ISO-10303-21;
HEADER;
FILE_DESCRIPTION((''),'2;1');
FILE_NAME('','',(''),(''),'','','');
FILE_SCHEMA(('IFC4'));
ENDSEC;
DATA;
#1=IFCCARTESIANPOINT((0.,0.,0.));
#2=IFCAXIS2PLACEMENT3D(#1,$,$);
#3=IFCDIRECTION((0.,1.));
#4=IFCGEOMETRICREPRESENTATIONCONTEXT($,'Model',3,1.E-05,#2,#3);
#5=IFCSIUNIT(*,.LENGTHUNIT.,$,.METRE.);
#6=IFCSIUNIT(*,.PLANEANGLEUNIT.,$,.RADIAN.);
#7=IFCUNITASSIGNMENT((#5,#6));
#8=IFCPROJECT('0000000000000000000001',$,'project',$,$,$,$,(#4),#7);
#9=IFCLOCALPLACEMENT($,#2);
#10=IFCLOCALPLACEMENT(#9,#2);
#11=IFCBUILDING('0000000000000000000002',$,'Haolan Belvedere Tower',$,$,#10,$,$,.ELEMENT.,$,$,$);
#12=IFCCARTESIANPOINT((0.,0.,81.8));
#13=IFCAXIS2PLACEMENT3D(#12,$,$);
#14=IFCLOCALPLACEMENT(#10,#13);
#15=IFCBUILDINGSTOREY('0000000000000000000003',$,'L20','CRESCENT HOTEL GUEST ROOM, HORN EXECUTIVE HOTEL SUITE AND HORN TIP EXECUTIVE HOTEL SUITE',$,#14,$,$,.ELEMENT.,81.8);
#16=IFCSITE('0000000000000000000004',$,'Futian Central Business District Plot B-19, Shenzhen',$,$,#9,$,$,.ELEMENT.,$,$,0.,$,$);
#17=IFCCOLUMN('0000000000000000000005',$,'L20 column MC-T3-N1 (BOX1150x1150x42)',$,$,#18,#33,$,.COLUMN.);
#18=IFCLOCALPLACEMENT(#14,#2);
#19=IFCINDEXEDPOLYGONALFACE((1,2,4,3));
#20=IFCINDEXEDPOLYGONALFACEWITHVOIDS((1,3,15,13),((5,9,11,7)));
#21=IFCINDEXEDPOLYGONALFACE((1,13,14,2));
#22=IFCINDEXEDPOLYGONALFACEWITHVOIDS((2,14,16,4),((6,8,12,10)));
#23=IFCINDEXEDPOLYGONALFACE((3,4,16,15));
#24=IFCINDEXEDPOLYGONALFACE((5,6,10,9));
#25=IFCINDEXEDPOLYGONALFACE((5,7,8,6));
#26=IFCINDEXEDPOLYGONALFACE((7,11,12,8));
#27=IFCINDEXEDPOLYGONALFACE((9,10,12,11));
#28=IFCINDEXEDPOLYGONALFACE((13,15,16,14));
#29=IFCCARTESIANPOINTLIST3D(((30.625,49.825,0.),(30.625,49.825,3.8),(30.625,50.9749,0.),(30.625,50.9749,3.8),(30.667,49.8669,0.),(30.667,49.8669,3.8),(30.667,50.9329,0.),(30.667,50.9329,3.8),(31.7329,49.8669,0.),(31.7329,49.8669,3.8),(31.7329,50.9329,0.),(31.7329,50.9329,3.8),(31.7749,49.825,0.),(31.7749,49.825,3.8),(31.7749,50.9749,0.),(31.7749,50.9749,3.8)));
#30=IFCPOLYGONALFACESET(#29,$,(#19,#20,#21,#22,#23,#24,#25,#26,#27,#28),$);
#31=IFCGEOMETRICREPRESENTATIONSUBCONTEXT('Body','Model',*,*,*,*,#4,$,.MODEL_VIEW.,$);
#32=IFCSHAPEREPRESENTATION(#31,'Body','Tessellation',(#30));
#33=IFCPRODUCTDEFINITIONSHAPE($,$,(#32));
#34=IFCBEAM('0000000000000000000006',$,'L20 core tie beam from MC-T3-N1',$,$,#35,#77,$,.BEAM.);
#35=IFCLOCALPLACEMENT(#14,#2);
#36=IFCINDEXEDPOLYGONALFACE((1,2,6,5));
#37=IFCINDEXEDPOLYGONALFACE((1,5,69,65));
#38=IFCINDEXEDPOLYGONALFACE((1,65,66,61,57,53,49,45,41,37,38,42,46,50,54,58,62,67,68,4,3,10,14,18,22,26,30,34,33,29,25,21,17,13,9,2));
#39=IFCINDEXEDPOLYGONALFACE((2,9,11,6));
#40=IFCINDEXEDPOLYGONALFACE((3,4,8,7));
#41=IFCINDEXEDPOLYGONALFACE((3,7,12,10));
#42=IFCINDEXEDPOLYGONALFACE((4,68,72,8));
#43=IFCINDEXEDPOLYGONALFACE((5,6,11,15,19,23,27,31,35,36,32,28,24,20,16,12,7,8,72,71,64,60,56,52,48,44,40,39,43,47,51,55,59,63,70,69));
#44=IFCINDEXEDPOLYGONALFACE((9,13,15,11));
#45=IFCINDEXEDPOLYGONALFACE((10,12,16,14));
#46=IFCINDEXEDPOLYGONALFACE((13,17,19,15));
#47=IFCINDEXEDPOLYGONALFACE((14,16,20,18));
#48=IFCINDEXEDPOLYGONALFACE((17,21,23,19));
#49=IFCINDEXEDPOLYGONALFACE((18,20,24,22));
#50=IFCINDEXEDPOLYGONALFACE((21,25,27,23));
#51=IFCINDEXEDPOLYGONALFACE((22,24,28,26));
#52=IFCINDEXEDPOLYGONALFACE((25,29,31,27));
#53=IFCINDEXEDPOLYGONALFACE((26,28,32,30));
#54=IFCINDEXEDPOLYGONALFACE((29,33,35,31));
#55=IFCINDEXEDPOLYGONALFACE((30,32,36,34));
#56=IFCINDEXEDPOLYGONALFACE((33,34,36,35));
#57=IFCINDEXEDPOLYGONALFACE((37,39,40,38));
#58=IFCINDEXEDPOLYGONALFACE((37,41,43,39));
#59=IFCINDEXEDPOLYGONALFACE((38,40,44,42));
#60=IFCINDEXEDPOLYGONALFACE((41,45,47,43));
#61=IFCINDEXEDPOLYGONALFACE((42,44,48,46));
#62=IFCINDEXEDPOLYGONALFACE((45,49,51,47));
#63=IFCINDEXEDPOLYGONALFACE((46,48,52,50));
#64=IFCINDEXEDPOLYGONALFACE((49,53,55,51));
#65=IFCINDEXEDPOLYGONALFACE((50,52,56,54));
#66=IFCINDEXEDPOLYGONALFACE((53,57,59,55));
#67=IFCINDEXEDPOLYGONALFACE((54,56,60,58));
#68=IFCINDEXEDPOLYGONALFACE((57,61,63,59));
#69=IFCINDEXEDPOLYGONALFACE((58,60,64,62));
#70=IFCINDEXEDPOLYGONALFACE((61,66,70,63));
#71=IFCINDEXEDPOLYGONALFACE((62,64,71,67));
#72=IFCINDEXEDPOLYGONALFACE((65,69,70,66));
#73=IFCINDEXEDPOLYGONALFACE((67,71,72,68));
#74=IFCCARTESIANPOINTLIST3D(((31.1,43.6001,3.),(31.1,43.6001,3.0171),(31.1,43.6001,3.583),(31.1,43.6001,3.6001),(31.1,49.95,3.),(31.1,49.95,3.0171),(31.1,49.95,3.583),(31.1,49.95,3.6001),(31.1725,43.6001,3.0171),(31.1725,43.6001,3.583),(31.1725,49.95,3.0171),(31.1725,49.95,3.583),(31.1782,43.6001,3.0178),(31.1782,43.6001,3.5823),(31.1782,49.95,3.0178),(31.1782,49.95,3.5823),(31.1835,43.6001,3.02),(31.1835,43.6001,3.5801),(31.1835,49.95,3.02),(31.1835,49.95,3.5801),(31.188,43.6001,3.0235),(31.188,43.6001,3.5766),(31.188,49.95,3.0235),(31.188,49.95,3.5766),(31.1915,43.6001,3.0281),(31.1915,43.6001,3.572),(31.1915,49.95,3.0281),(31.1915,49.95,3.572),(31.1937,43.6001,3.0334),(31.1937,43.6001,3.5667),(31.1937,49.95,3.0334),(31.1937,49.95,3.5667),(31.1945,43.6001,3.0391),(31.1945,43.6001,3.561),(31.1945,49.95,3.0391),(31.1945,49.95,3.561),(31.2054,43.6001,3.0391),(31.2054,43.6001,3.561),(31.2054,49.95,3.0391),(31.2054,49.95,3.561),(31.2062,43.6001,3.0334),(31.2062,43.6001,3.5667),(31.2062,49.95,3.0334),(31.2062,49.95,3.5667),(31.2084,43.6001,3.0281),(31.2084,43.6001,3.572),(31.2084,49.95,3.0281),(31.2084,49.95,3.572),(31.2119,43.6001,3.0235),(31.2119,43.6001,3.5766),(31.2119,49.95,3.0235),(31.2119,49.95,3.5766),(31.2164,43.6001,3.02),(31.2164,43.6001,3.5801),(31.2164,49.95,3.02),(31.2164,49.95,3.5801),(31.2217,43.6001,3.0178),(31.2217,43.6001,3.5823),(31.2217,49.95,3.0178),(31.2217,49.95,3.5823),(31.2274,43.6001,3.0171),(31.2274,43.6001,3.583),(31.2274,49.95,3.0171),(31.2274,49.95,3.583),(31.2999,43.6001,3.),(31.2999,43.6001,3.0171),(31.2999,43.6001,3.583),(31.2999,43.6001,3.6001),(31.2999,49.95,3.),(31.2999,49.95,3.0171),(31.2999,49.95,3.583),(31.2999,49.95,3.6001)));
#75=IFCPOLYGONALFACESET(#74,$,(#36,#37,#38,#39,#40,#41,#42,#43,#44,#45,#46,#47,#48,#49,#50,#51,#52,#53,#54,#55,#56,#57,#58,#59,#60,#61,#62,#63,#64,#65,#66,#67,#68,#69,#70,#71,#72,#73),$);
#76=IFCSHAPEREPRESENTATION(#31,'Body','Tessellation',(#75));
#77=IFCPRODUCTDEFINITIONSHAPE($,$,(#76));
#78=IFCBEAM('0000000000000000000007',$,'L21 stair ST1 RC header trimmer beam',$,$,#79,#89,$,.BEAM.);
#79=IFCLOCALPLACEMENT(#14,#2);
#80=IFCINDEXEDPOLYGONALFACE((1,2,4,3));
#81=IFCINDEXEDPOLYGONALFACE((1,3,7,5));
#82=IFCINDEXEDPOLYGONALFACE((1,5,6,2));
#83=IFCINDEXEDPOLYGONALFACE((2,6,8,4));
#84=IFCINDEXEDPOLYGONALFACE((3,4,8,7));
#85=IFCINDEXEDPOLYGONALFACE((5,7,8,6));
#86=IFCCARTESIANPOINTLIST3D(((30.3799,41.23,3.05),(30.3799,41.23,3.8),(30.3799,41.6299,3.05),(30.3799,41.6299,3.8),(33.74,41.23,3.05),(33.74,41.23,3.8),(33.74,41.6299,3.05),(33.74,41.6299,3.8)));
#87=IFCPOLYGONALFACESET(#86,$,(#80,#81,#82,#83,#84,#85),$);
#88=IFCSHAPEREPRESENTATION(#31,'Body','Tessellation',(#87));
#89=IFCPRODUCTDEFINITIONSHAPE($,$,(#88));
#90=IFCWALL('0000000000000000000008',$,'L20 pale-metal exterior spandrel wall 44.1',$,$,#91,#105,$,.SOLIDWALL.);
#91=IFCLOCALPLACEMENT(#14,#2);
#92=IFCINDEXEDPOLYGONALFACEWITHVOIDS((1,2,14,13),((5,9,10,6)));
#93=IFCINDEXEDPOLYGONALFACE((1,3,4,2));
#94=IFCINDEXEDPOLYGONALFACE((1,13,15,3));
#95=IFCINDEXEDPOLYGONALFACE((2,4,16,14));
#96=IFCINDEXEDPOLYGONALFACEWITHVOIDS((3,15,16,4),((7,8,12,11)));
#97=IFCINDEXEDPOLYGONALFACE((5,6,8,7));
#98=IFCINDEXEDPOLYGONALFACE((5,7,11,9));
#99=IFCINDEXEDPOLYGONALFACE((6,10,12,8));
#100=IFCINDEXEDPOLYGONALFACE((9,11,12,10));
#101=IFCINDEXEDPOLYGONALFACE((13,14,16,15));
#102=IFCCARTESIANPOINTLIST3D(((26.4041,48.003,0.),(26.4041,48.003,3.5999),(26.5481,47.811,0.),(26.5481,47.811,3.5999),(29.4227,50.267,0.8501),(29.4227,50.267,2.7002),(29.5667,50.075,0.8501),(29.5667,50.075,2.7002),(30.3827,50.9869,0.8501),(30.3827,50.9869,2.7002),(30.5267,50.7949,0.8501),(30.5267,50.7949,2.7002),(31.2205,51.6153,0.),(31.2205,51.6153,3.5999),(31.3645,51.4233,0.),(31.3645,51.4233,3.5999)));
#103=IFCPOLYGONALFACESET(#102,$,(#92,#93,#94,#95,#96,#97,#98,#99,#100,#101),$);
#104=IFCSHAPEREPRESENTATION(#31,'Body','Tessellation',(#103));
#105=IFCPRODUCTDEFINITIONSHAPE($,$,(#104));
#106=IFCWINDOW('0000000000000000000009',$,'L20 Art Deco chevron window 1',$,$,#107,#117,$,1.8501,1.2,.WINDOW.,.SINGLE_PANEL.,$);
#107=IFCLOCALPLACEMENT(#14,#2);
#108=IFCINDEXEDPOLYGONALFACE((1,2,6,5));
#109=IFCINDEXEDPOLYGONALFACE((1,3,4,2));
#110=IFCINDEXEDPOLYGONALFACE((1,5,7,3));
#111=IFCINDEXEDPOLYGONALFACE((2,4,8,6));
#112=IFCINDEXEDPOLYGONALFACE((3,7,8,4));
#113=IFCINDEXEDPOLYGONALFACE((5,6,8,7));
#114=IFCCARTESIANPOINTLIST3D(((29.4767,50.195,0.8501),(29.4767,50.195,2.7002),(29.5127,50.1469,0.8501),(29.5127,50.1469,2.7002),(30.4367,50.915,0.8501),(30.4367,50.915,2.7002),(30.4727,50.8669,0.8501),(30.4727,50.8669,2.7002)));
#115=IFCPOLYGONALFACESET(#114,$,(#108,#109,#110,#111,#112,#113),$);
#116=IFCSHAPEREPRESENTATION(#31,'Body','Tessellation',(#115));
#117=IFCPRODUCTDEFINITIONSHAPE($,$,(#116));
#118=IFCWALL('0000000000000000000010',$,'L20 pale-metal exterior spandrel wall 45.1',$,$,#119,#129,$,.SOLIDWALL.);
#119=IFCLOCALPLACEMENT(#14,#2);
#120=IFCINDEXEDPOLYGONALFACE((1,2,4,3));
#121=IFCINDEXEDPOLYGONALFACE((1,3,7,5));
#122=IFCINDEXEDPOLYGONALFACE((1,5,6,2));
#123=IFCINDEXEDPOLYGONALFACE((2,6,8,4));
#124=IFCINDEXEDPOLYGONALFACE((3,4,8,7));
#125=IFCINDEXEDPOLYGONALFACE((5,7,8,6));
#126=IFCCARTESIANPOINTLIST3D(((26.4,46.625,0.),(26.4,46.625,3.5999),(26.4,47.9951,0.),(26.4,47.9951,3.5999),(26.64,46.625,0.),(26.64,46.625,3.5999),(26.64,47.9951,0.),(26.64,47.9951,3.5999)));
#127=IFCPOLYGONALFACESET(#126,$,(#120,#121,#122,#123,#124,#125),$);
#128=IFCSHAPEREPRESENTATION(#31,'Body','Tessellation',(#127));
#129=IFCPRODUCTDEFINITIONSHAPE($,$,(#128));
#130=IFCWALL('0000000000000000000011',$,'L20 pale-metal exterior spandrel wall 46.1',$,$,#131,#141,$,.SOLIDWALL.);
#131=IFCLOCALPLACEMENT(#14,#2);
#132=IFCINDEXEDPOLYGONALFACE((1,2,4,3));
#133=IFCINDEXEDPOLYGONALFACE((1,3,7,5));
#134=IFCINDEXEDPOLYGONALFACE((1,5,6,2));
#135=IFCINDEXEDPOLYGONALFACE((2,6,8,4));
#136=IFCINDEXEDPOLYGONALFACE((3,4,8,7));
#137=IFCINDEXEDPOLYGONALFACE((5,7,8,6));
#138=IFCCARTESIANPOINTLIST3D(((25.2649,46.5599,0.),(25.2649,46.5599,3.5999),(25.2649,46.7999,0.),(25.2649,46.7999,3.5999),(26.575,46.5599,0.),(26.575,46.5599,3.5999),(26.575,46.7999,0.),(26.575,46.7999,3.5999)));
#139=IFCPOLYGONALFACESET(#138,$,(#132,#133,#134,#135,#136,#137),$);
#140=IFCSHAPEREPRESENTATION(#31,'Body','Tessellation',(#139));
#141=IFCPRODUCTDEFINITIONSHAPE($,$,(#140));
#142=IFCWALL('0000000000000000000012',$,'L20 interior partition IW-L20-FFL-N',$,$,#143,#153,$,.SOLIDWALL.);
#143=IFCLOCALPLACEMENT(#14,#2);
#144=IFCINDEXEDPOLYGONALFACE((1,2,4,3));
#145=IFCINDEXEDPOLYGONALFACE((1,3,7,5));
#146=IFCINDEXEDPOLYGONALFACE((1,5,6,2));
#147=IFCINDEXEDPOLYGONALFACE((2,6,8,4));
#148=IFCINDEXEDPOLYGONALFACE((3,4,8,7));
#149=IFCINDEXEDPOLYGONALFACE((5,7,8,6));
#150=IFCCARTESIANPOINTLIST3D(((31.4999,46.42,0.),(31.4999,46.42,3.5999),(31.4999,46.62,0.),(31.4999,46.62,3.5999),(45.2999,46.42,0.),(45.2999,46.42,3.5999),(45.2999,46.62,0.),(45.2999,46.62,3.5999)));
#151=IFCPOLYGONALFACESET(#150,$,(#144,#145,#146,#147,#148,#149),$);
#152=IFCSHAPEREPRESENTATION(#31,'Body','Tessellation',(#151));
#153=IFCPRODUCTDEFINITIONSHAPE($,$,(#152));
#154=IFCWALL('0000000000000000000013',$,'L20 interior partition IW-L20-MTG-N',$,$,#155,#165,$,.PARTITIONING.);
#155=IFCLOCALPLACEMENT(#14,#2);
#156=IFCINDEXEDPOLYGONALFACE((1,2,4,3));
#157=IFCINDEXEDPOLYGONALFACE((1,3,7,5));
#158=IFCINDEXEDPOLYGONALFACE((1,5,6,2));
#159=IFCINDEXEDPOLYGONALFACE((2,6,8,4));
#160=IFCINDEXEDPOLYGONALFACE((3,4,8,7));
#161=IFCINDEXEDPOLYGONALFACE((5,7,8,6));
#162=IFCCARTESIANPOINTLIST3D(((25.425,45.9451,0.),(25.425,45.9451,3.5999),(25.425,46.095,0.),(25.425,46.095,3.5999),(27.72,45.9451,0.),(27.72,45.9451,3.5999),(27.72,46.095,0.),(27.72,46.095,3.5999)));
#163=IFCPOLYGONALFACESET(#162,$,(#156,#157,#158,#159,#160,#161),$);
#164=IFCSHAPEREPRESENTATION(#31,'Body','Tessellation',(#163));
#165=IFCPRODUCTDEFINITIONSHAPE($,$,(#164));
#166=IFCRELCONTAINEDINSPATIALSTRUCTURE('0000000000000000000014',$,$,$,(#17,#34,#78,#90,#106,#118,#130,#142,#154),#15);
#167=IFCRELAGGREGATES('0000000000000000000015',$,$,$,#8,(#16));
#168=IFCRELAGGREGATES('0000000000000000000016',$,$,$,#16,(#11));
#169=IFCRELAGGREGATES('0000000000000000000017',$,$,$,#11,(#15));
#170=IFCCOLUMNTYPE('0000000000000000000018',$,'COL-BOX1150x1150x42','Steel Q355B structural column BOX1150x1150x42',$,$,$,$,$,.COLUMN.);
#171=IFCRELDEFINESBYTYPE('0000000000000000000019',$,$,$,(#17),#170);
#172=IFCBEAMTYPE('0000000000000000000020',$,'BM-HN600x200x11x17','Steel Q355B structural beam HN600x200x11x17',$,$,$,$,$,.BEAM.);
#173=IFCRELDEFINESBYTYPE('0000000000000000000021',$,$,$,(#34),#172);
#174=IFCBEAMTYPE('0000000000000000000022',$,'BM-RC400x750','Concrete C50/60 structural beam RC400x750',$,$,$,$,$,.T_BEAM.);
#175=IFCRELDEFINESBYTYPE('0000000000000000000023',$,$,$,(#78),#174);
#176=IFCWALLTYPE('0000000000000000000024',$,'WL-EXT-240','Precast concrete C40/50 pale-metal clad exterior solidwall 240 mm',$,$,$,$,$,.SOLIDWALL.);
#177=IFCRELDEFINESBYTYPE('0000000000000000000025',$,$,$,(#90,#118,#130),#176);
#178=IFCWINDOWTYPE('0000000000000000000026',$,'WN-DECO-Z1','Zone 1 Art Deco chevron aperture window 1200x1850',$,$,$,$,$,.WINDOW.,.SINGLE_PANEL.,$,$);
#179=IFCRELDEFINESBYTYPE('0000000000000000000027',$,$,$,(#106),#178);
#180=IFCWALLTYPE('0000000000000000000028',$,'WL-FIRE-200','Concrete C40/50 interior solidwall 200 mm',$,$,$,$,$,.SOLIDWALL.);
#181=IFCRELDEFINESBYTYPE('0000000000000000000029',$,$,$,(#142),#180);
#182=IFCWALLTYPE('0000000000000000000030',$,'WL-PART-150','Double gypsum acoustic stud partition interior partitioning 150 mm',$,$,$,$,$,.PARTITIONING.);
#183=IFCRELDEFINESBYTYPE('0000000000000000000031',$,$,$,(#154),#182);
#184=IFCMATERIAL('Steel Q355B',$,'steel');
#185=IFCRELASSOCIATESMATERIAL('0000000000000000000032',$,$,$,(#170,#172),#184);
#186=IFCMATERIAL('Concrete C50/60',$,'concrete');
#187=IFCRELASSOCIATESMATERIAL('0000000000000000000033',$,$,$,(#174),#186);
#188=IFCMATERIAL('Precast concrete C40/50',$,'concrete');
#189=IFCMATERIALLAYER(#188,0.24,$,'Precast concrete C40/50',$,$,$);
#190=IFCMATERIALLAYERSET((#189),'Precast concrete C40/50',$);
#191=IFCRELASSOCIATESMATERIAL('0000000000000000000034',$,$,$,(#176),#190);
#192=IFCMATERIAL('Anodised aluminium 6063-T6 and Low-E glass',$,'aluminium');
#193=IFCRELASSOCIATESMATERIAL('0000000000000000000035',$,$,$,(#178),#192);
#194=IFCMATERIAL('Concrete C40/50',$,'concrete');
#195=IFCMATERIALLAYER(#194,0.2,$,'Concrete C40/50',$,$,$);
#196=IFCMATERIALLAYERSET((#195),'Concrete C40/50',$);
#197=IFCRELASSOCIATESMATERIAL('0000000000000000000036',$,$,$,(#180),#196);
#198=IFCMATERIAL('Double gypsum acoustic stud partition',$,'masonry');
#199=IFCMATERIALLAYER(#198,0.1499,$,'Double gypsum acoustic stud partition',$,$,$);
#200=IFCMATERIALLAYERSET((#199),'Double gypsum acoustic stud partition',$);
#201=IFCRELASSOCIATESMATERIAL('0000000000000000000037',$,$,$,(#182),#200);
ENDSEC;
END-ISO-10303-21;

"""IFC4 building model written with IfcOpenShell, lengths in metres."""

from ifc_helpers import new_model, si_unit, direction, frame, frame_2d, origin, origin_2d, place, context, subcontext, project, spatial, rectangle, hollow_rectangle, i_section, extrude, material, layer, layer_set, material_profile, profile_set, type_object, element, fill, save


model = new_model("IFC4")

# Units and contexts
model_context = context("Model", 3, precision=1e-05, world=origin(), true_north=direction((0.0, 1.0)))
body_context = subcontext(model_context, "Body", "Model", "MODEL_VIEW")
ifc_project = project(units=[si_unit("LENGTHUNIT", "METRE"), si_unit("PLANEANGLEUNIT", "RADIAN")], contexts=[model_context])

# Site, building, storey
site_placement = place(None, origin())
site = spatial("IfcSite", under=ifc_project, at=site_placement, Name="Futian Central Business District Plot B-19, Shenzhen", CompositionType="ELEMENT", RefElevation=0.0)
building_placement = place(site_placement, origin())
building = spatial("IfcBuilding", under=site, at=building_placement, Name="Haolan Belvedere Tower", CompositionType="ELEMENT")
storey_placement = place(building_placement, frame((0.0, 0.0, 81.8)))
storey = spatial("IfcBuildingStorey", under=building, at=storey_placement, Name="L20", Description="CRESCENT HOTEL GUEST ROOM, HORN EXECUTIVE HOTEL SUITE AND HORN TIP EXECUTIVE HOTEL SUITE", CompositionType="ELEMENT", Elevation=81.8)

# Column
ifc_material_1 = material(Name="Steel Q355B", Category="steel")
ifc_material_profile_1 = material_profile(ifc_material_1, hollow_rectangle(XDim=1.1499, YDim=1.1499, WallThickness=0.042, at=origin_2d()), Name="Steel Q355B")
ifc_profile_set_1 = profile_set([ifc_material_profile_1], Name="Steel Q355B")
column_type = type_object("IfcColumnType", Name="COL-BOX1150x1150x42", Description="Steel Q355B structural column BOX1150x1150x42", PredefinedType="COLUMN", material=ifc_profile_set_1)
column_placement = place(storey_placement, frame((31.2, 50.3999, 0.0), z_axis=(0.0, 0.0, 1.0), x_axis=(1.0, 0.0, 0.0)))
element("IfcColumn", 1, at=column_placement, inside=storey, type_object=column_type, Name="L20 column MC-T3-N1 (BOX1150x1150x42)", PredefinedType="COLUMN", context=body_context, shape_type="SweptSolid", body=[
    extrude(hollow_rectangle(XDim=1.1499, YDim=1.1499, WallThickness=0.042, at=origin_2d()), origin(), (0.0, 0.0, 1.0), 3.8),
])

# Beams
ifc_material_profile_2 = material_profile(ifc_material_1, i_section(OverallWidth=0.2, OverallDepth=0.6001, WebThickness=0.011, FlangeThickness=0.0171, FilletRadius=0.022, at=origin_2d()), Name="Steel Q355B")
ifc_profile_set_2 = profile_set([ifc_material_profile_2], Name="Steel Q355B")
beam_type_1 = type_object("IfcBeamType", Name="BM-HN600x200x11x17", Description="Steel Q355B structural beam HN600x200x11x17", PredefinedType="BEAM", material=ifc_profile_set_2)
beam_1_placement = place(storey_placement, frame((31.2, 49.95, 3.3), z_axis=(0.0, -1.0, 0.0), x_axis=(1.0, 0.0, 0.0)))
element("IfcBeam", 2, at=beam_1_placement, inside=storey, type_object=beam_type_1, Name="L20 core tie beam from MC-T3-N1", PredefinedType="BEAM", context=body_context, shape_type="SweptSolid", body=[
    extrude(i_section(OverallWidth=0.2, OverallDepth=0.6001, WebThickness=0.011, FlangeThickness=0.0171, FilletRadius=0.022, at=origin_2d()), origin(), (0.0, 0.0, 1.0), 6.3499),
])
ifc_material_2 = material(Name="Concrete C50/60", Category="concrete")
ifc_material_profile_3 = material_profile(ifc_material_2, rectangle(XDim=0.3999, YDim=0.75, at=origin_2d()), Name="Concrete C50/60")
ifc_profile_set_3 = profile_set([ifc_material_profile_3], Name="Concrete C50/60")
beam_type_2 = type_object("IfcBeamType", Name="BM-RC400x750", Description="Concrete C50/60 structural beam RC400x750", PredefinedType="T_BEAM", material=ifc_profile_set_3)
beam_2_placement = place(storey_placement, frame((30.3799, 41.4299, 3.425), z_axis=(1.0, 0.0, 0.0), x_axis=(0.0, 1.0, 0.0)))
element("IfcBeam", 3, at=beam_2_placement, inside=storey, type_object=beam_type_2, Name="L21 stair ST1 RC header trimmer beam", PredefinedType="BEAM", context=body_context, shape_type="SweptSolid", body=[
    extrude(rectangle(XDim=0.3999, YDim=0.75, at=origin_2d()), origin(), (0.0, 0.0, 1.0), 3.3601),
])

# Wall, opening, window
ifc_material_3 = material(Name="Precast concrete C40/50", Category="concrete")
ifc_layer_1 = layer(ifc_material_3, 0.24, Name="Precast concrete C40/50")
ifc_layer_set_1 = layer_set([ifc_layer_1], Name="Precast concrete C40/50")
wall_type_1 = type_object("IfcWallType", Name="WL-EXT-240", Description="Precast concrete C40/50 pale-metal clad exterior solidwall 240 mm", PredefinedType="SOLIDWALL", material=ifc_layer_set_1)
wall_1_placement = place(storey_placement, frame((31.2925, 51.5193, 0.0), z_axis=(0.0, 0.0, 1.0), x_axis=(-0.8, -0.6, 0.0)))
wall_1 = element("IfcWall", 4, at=wall_1_placement, inside=storey, type_object=wall_type_1, Name="L20 pale-metal exterior spandrel wall 44.1", PredefinedType="SOLIDWALL", context=body_context, shape_type="SweptSolid", body=[
    extrude(rectangle(XDim=6.0205, YDim=0.24, at=frame_2d((3.0103, 0.0))), origin(), (0.0, 0.0, 1.0), 3.5999),
])
opening_1_placement = place(wall_1_placement, frame((1.0471, 0.0, 0.8501)))
opening_1 = element("IfcOpeningElement", 5, at=opening_1_placement, cuts=wall_1, PredefinedType="OPENING", context=body_context, shape_type="SweptSolid", body=[
    extrude(rectangle(XDim=1.2, YDim=1.8501, at=frame_2d((0.6001, 0.925))), frame((0.0, 0.1299, 0.0), z_axis=(0.0, -1.0, 0.0), x_axis=(1.0, 0.0, 0.0)), (0.0, 0.0, 1.0), 0.26),
])
ifc_material_4 = material(Name="Anodised aluminium 6063-T6 and Low-E glass", Category="aluminium")
window_type = type_object("IfcWindowType", Name="WN-DECO-Z1", Description="Zone 1 Art Deco chevron aperture window 1200x1850", PartitioningType="SINGLE_PANEL", PredefinedType="WINDOW", material=ifc_material_4)
window_placement = place(opening_1_placement, origin())
window = element("IfcWindow", 6, at=window_placement, inside=storey, type_object=window_type, Name="L20 Art Deco chevron window 1", OverallHeight=1.8501, OverallWidth=1.2, PartitioningType="SINGLE_PANEL", PredefinedType="WINDOW", context=body_context, shape_type="SweptSolid", body=[
    extrude(rectangle(XDim=1.2, YDim=1.8501, at=frame_2d((0.6001, 0.925))), frame((0.0, 0.03, 0.0), z_axis=(0.0, -1.0, 0.0), x_axis=(1.0, 0.0, 0.0)), (0.0, 0.0, 1.0), 0.0601),
])
fill(opening_1, window)

# Walls
wall_2_placement = place(storey_placement, frame((26.52, 47.9951, 0.0), z_axis=(0.0, 0.0, 1.0), x_axis=(0.0, -1.0, 0.0)))
element("IfcWall", 7, at=wall_2_placement, inside=storey, type_object=wall_type_1, Name="L20 pale-metal exterior spandrel wall 45.1", PredefinedType="SOLIDWALL", context=body_context, shape_type="SweptSolid", body=[
    extrude(rectangle(XDim=1.3701, YDim=0.24, at=frame_2d((0.6851, 0.0))), origin(), (0.0, 0.0, 1.0), 3.5999),
])
wall_3_placement = place(storey_placement, frame((26.575, 46.6799, 0.0), z_axis=(0.0, 0.0, 1.0), x_axis=(-1.0, 0.0, 0.0)))
element("IfcWall", 8, at=wall_3_placement, inside=storey, type_object=wall_type_1, Name="L20 pale-metal exterior spandrel wall 46.1", PredefinedType="SOLIDWALL", context=body_context, shape_type="SweptSolid", body=[
    extrude(rectangle(XDim=1.3101, YDim=0.24, at=frame_2d((0.655, 0.0))), origin(), (0.0, 0.0, 1.0), 3.5999),
])
ifc_material_5 = material(Name="Concrete C40/50", Category="concrete")
ifc_layer_2 = layer(ifc_material_5, 0.2, Name="Concrete C40/50")
ifc_layer_set_2 = layer_set([ifc_layer_2], Name="Concrete C40/50")
wall_type_2 = type_object("IfcWallType", Name="WL-FIRE-200", Description="Concrete C40/50 interior solidwall 200 mm", PredefinedType="SOLIDWALL", material=ifc_layer_set_2)
wall_4_placement = place(storey_placement, frame((31.5, 46.52, 0.0), z_axis=(0.0, 0.0, 1.0), x_axis=(1.0, 0.0, 0.0)))
element("IfcWall", 9, at=wall_4_placement, inside=storey, type_object=wall_type_2, Name="L20 interior partition IW-L20-FFL-N", PredefinedType="SOLIDWALL", context=body_context, shape_type="SweptSolid", body=[
    extrude(rectangle(XDim=13.8, YDim=0.2, at=frame_2d((6.8999, 0.0))), origin(), (0.0, 0.0, 1.0), 3.5999),
])

# Wall
ifc_material_6 = material(Name="Double gypsum acoustic stud partition", Category="masonry")
ifc_layer_3 = layer(ifc_material_6, 0.1499, Name="Double gypsum acoustic stud partition")
ifc_layer_set_3 = layer_set([ifc_layer_3], Name="Double gypsum acoustic stud partition")
wall_type_3 = type_object("IfcWallType", Name="WL-PART-150", Description="Double gypsum acoustic stud partition interior partitioning 150 mm", PredefinedType="PARTITIONING", material=ifc_layer_set_3)
wall_5_placement = place(storey_placement, frame((25.425, 46.02, 0.0), z_axis=(0.0, 0.0, 1.0), x_axis=(1.0, 0.0, 0.0)))
element("IfcWall", 10, at=wall_5_placement, inside=storey, type_object=wall_type_3, Name="L20 interior partition IW-L20-MTG-N", PredefinedType="PARTITIONING", context=body_context, shape_type="SweptSolid", body=[
    extrude(rectangle(XDim=2.2949, YDim=0.1499, at=frame_2d((1.1475, 0.0))), origin(), (0.0, 0.0, 1.0), 3.5999),
])

save(model, "model.ifc")
